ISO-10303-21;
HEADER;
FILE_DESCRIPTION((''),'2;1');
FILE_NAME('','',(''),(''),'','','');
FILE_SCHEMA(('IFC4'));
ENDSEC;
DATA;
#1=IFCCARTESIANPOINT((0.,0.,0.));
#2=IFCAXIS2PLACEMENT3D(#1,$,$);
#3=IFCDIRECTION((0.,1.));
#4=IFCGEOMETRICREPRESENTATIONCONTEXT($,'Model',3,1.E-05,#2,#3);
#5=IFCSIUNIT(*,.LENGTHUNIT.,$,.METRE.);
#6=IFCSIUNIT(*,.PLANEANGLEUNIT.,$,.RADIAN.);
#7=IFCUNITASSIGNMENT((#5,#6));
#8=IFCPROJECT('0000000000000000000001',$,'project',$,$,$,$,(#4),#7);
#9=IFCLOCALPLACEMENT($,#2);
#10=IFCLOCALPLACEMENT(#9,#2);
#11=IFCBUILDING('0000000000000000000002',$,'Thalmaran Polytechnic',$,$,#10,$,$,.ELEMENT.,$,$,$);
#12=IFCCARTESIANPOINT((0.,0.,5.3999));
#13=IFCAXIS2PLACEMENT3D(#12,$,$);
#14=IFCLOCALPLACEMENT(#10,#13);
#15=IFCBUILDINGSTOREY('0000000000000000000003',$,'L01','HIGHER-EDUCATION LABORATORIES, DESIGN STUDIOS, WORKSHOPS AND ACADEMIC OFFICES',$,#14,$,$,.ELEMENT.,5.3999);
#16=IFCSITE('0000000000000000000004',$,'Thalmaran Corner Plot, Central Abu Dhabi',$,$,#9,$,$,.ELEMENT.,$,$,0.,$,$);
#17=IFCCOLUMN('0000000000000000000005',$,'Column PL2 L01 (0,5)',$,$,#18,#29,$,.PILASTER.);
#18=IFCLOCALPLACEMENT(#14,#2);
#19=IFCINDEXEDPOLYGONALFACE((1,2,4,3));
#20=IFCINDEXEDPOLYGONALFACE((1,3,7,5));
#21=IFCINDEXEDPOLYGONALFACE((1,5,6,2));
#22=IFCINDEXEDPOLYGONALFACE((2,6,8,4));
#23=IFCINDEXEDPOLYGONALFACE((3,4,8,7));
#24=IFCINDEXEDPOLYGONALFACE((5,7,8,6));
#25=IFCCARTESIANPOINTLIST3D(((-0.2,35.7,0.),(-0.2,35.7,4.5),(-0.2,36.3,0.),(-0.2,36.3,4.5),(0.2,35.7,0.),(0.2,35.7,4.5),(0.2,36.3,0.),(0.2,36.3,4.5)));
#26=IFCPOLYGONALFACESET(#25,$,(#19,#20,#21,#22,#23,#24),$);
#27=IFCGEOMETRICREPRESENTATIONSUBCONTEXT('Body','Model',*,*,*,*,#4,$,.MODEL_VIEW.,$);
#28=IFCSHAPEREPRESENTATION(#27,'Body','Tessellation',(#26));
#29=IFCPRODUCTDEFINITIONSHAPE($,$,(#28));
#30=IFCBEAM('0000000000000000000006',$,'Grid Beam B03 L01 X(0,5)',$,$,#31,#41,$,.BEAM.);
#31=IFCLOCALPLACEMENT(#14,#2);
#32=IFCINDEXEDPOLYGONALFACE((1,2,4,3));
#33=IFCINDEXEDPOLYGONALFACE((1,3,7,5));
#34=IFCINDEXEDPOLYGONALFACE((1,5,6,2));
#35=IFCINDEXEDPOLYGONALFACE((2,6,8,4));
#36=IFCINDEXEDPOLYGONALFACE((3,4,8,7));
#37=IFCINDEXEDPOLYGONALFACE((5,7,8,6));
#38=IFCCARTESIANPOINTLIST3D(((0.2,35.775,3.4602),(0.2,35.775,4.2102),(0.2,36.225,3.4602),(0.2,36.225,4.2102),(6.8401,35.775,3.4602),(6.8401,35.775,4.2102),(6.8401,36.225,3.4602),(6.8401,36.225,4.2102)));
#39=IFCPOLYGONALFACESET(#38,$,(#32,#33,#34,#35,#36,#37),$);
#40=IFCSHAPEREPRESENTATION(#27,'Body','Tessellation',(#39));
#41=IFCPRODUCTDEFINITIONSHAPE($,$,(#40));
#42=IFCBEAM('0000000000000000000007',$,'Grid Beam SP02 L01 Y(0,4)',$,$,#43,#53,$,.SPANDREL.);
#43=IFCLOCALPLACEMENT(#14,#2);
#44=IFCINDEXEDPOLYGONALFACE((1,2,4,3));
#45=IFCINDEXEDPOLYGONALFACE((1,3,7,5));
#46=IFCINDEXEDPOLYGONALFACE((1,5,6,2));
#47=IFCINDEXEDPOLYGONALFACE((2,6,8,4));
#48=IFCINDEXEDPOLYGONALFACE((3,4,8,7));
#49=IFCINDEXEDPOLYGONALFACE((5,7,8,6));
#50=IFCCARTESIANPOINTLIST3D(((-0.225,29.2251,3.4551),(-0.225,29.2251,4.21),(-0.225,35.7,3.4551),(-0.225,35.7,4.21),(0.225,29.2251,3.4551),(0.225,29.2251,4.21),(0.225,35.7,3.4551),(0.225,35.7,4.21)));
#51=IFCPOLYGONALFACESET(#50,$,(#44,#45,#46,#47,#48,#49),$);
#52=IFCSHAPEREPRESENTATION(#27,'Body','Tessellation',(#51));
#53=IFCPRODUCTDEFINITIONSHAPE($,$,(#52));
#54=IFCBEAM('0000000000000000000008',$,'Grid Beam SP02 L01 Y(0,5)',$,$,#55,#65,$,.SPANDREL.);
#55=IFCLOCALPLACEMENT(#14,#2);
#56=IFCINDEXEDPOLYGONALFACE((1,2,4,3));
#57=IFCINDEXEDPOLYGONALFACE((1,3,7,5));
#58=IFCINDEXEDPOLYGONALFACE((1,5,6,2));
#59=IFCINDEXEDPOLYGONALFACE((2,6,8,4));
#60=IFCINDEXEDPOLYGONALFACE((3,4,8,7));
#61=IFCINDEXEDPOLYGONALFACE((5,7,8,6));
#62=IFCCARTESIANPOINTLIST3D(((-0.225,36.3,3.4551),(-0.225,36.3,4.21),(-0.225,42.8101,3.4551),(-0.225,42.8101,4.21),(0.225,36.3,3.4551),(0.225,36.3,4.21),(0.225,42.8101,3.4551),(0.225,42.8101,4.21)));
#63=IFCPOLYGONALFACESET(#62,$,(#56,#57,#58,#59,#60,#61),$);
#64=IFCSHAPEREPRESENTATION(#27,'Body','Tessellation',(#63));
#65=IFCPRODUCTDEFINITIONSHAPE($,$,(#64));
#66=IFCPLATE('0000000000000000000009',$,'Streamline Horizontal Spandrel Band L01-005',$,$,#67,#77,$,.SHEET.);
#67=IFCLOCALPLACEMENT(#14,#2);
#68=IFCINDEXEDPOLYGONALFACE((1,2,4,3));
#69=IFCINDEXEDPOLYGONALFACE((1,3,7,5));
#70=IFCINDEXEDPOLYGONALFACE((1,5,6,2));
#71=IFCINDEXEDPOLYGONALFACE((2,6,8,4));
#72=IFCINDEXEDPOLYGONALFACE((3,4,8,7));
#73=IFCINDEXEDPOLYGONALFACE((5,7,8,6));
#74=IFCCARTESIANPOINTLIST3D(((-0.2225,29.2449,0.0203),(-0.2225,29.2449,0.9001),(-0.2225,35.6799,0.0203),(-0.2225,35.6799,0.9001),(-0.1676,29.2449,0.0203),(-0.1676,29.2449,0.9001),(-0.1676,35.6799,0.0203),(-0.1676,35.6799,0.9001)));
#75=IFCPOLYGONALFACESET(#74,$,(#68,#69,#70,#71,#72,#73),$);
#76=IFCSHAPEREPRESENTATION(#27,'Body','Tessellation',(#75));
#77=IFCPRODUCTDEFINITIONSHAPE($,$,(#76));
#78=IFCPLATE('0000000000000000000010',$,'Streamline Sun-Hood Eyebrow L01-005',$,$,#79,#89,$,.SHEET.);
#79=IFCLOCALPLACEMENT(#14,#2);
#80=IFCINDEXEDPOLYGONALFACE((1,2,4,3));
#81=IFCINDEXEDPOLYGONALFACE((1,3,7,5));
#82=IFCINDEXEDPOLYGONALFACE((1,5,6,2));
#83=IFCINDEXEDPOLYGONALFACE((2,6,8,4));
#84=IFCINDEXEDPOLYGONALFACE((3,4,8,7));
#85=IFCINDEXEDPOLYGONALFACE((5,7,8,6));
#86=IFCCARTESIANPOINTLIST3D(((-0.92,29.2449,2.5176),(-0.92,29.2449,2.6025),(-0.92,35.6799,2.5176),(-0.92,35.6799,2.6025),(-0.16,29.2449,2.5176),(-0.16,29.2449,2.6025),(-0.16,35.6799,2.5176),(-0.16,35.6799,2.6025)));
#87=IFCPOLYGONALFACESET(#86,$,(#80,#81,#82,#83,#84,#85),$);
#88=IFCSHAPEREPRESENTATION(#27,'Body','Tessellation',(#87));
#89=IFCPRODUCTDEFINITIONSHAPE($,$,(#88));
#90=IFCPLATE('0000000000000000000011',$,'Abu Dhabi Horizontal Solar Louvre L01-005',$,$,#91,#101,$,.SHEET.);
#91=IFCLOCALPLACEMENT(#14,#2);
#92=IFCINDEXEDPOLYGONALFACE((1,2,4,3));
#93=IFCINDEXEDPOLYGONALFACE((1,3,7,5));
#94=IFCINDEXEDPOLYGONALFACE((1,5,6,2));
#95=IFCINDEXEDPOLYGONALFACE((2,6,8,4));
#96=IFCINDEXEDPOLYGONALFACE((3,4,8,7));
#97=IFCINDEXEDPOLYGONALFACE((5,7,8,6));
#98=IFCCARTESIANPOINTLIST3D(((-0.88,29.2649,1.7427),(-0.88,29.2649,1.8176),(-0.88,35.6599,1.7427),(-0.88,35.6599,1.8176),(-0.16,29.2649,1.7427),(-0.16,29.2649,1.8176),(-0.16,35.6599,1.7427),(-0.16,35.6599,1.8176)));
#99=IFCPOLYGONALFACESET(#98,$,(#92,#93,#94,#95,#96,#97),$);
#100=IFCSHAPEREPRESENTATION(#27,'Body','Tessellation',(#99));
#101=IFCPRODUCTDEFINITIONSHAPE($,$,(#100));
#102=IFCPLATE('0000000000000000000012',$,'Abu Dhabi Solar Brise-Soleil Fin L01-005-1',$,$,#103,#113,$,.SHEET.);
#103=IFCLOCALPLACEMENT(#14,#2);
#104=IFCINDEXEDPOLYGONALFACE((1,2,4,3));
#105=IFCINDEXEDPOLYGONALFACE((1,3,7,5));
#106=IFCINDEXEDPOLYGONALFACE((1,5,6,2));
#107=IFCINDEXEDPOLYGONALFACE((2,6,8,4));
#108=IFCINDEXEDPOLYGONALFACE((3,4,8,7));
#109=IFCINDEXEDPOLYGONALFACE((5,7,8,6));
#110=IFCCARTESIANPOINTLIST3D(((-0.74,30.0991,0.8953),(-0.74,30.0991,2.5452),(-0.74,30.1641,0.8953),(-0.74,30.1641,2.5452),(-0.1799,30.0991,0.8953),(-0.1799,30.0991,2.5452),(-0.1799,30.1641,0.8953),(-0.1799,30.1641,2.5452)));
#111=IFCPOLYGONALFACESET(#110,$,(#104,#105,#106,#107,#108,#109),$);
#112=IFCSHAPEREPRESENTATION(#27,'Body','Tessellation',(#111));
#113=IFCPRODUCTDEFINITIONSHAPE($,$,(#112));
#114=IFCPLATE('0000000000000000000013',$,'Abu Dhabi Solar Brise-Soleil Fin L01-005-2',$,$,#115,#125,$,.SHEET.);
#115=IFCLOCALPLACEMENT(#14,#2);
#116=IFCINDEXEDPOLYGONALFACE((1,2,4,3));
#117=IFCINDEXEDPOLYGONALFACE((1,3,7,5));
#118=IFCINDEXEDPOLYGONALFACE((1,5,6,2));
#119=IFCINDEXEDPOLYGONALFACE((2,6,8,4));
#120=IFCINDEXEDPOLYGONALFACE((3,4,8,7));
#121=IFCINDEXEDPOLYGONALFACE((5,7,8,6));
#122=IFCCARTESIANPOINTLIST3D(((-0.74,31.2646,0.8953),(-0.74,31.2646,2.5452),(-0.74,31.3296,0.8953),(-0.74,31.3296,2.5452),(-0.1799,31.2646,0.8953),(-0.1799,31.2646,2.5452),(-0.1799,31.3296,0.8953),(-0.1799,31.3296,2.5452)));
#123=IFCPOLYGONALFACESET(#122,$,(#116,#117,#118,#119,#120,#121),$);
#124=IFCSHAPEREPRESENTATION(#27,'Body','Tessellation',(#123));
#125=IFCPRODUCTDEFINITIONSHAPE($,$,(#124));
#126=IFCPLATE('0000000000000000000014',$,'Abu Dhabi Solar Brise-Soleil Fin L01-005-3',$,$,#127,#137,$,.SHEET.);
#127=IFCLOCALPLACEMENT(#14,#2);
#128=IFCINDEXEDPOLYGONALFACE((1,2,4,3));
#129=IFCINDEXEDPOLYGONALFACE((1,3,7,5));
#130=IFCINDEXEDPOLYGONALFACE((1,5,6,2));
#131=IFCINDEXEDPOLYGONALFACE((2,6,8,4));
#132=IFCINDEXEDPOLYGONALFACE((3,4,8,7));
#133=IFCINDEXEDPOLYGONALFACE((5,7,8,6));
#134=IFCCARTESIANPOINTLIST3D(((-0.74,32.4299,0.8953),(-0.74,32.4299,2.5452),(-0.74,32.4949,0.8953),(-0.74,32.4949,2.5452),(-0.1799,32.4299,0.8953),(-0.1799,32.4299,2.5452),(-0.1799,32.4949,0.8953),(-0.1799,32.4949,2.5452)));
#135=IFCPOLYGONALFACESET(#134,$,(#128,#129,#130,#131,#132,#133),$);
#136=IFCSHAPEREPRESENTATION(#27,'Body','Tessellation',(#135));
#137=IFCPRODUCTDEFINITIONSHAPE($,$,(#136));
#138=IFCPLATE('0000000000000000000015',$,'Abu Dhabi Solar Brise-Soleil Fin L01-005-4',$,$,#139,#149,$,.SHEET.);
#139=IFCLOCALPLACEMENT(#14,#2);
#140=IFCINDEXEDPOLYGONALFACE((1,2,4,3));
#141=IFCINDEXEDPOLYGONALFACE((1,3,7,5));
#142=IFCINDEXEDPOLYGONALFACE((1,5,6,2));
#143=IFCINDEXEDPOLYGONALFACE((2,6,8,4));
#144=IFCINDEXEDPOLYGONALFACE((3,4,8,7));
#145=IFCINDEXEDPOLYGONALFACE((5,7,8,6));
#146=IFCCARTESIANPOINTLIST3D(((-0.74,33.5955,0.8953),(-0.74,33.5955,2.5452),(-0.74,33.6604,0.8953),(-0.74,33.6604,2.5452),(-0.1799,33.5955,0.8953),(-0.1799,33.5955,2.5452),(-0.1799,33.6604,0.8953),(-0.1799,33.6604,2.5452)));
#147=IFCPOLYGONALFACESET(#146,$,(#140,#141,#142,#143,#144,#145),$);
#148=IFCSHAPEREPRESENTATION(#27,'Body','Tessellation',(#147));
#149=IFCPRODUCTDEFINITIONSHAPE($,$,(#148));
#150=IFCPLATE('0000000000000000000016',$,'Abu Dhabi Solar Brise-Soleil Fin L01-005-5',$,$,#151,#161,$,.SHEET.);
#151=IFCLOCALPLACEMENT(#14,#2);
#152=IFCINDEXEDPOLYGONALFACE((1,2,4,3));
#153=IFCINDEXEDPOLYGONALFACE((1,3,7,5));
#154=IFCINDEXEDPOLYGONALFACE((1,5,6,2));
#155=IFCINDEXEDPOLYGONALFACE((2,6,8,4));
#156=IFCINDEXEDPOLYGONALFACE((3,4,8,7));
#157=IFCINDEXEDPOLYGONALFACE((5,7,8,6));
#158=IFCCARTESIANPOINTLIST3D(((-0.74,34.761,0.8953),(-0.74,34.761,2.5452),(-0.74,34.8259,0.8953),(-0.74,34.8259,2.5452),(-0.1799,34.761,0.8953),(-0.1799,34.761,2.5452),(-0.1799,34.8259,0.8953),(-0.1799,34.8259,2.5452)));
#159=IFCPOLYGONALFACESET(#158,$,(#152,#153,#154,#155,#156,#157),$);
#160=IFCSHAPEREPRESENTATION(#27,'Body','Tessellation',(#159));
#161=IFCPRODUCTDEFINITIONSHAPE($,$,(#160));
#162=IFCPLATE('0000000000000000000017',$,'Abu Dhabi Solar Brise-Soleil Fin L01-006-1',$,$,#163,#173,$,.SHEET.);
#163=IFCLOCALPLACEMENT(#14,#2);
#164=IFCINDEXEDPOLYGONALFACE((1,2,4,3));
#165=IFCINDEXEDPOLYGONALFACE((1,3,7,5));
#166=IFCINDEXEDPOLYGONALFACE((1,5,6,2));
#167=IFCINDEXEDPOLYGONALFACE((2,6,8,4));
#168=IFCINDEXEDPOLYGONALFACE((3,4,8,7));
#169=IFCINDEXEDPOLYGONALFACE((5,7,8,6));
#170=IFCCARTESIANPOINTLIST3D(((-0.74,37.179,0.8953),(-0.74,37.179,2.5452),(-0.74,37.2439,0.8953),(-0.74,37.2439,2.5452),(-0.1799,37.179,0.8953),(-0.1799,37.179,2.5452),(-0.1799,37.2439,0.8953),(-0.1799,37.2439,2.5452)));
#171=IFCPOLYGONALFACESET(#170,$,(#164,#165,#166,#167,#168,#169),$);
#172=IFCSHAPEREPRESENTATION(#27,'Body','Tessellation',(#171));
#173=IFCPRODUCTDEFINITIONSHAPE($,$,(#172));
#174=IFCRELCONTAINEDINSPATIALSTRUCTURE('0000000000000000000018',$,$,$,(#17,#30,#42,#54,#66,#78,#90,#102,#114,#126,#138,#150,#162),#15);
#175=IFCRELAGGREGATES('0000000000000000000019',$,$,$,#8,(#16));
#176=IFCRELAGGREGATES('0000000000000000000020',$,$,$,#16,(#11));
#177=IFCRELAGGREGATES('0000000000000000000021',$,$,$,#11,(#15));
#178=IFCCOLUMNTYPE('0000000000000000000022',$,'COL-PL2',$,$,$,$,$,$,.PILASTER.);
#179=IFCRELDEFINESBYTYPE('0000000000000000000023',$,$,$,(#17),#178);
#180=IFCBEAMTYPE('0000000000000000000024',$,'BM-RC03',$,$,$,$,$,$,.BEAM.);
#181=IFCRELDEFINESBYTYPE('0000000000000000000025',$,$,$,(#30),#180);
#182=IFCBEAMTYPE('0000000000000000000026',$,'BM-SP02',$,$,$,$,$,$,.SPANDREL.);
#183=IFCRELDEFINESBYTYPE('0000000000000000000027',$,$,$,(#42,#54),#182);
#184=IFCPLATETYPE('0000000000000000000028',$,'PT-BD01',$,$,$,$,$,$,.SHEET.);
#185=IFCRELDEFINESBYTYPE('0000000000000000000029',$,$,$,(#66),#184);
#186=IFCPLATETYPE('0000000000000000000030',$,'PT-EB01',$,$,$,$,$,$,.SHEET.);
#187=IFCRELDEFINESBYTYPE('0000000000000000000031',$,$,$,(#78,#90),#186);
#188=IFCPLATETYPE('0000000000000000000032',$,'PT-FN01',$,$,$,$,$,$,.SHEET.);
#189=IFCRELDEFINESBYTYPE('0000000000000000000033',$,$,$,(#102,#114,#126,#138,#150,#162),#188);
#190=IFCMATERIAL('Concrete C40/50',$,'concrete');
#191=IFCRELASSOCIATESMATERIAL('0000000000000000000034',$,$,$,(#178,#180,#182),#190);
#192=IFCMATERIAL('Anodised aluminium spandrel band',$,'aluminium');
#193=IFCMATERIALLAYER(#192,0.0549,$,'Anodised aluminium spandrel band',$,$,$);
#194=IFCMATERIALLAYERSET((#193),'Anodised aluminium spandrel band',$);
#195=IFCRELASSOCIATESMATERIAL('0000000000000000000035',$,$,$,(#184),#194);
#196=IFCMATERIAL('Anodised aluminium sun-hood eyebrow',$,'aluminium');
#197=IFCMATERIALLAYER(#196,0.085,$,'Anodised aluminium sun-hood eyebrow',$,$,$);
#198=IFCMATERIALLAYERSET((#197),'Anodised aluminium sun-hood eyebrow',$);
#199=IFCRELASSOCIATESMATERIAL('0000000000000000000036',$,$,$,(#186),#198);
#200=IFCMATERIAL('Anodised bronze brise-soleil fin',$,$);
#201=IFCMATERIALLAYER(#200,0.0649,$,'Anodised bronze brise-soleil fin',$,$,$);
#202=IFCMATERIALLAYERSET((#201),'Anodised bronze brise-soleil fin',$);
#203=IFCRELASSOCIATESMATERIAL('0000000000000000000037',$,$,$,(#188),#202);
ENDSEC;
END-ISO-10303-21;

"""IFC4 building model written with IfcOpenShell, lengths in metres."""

from ifc_helpers import new_model, si_unit, direction, frame, origin, origin_2d, place, context, subcontext, project, spatial, rectangle, extrude, material, layer, layer_set, material_profile, profile_set, type_object, element, save


model = new_model("IFC4")

# Units and contexts
model_context = context("Model", 3, precision=1e-05, world=origin(), true_north=direction((0.0, 1.0)))
body_context = subcontext(model_context, "Body", "Model", "MODEL_VIEW")
ifc_project = project(units=[si_unit("LENGTHUNIT", "METRE"), si_unit("PLANEANGLEUNIT", "RADIAN")], contexts=[model_context])

# Site, building, storey
site_placement = place(None, origin())
site = spatial("IfcSite", under=ifc_project, at=site_placement, Name="Thalmaran Corner Plot, Central Abu Dhabi", CompositionType="ELEMENT", RefElevation=0.0)
building_placement = place(site_placement, origin())
building = spatial("IfcBuilding", under=site, at=building_placement, Name="Thalmaran Polytechnic", CompositionType="ELEMENT")
storey_placement = place(building_placement, frame((0.0, 0.0, 5.3999)))
storey = spatial("IfcBuildingStorey", under=building, at=storey_placement, Name="L01", Description="HIGHER-EDUCATION LABORATORIES, DESIGN STUDIOS, WORKSHOPS AND ACADEMIC OFFICES", CompositionType="ELEMENT", Elevation=5.3999)

# Column
ifc_material_1 = material(Name="Concrete C40/50", Category="concrete")
ifc_material_profile_1 = material_profile(ifc_material_1, rectangle(XDim=0.3999, YDim=0.6001, at=origin_2d()), Name="RC 400x600")
ifc_profile_set_1 = profile_set([ifc_material_profile_1], Name="Concrete C40/50")
column_type = type_object("IfcColumnType", Name="COL-PL2", PredefinedType="PILASTER", material=ifc_profile_set_1)
column_placement = place(storey_placement, frame((0.0, 36.0, 0.0), z_axis=(0.0, 0.0, 1.0), x_axis=(1.0, 0.0, 0.0)))
element("IfcColumn", 1, at=column_placement, inside=storey, type_object=column_type, Name="Column PL2 L01 (0,5)", PredefinedType="PILASTER", context=body_context, shape_type="SweptSolid", body=[
    extrude(rectangle(XDim=0.3999, YDim=0.6001, at=origin_2d()), origin(), (0.0, 0.0, 1.0), 4.5),
])

# Beams
ifc_material_profile_2 = material_profile(ifc_material_1, rectangle(XDim=0.45, YDim=0.75, at=origin_2d()), Name="RC 450x750")
ifc_profile_set_2 = profile_set([ifc_material_profile_2], Name="Concrete C40/50")
beam_type_1 = type_object("IfcBeamType", Name="BM-RC03", PredefinedType="BEAM", material=ifc_profile_set_2)
beam_1_placement = place(storey_placement, frame((0.2, 36.0, 3.8352), z_axis=(1.0, 0.0, 0.0), x_axis=(0.0, 1.0, 0.0)))
element("IfcBeam", 2, at=beam_1_placement, inside=storey, type_object=beam_type_1, Name="Grid Beam B03 L01 X(0,5)", PredefinedType="BEAM", context=body_context, shape_type="SweptSolid", body=[
    extrude(rectangle(XDim=0.45, YDim=0.75, at=origin_2d()), origin(), (0.0, 0.0, 1.0), 6.6401),
])
ifc_material_profile_3 = material_profile(ifc_material_1, rectangle(XDim=0.45, YDim=0.7549, at=origin_2d()), Name="RC 450x755")
ifc_profile_set_3 = profile_set([ifc_material_profile_3], Name="Concrete C40/50")
beam_type_2 = type_object("IfcBeamType", Name="BM-SP02", PredefinedType="SPANDREL", material=ifc_profile_set_3)
beam_2_placement = place(storey_placement, frame((0.0, 29.2251, 3.8325), z_axis=(0.0, 1.0, 0.0), x_axis=(-1.0, 0.0, 0.0)))
element("IfcBeam", 3, at=beam_2_placement, inside=storey, type_object=beam_type_2, Name="Grid Beam SP02 L01 Y(0,4)", PredefinedType="SPANDREL", context=body_context, shape_type="SweptSolid", body=[
    extrude(rectangle(XDim=0.45, YDim=0.7549, at=origin_2d()), origin(), (0.0, 0.0, 1.0), 6.4749),
])
beam_3_placement = place(storey_placement, frame((0.0, 36.3, 3.8325), z_axis=(0.0, 1.0, 0.0), x_axis=(-1.0, 0.0, 0.0)))
element("IfcBeam", 4, at=beam_3_placement, inside=storey, type_object=beam_type_2, Name="Grid Beam SP02 L01 Y(0,5)", PredefinedType="SPANDREL", context=body_context, shape_type="SweptSolid", body=[
    extrude(rectangle(XDim=0.45, YDim=0.7549, at=origin_2d()), origin(), (0.0, 0.0, 1.0), 6.51),
])

# Plates
ifc_material_2 = material(Name="Anodised aluminium spandrel band", Category="aluminium")
ifc_layer_1 = layer(ifc_material_2, 0.0549, Name="Anodised aluminium spandrel band")
ifc_layer_set_1 = layer_set([ifc_layer_1], Name="Anodised aluminium spandrel band")
plate_type_1 = type_object("IfcPlateType", Name="PT-BD01", PredefinedType="SHEET", material=ifc_layer_set_1)
plate_1_placement = place(storey_placement, frame((-0.1951, 32.4624, 0.0203), z_axis=(0.0, 0.0, 1.0), x_axis=(0.0, 1.0, 0.0)))
element("IfcPlate", 5, at=plate_1_placement, inside=storey, type_object=plate_type_1, Name="Streamline Horizontal Spandrel Band L01-005", PredefinedType="SHEET", context=body_context, shape_type="SweptSolid", body=[
    extrude(rectangle(XDim=6.4351, YDim=0.0549, at=origin_2d()), origin(), (0.0, 0.0, 1.0), 0.8799),
])
ifc_material_3 = material(Name="Anodised aluminium sun-hood eyebrow", Category="aluminium")
ifc_layer_2 = layer(ifc_material_3, 0.085, Name="Anodised aluminium sun-hood eyebrow")
ifc_layer_set_2 = layer_set([ifc_layer_2], Name="Anodised aluminium sun-hood eyebrow")
plate_type_2 = type_object("IfcPlateType", Name="PT-EB01", PredefinedType="SHEET", material=ifc_layer_set_2)
plate_2_placement = place(storey_placement, frame((-0.54, 32.4624, 2.5176), z_axis=(0.0, 0.0, 1.0), x_axis=(0.0, 1.0, 0.0)))
element("IfcPlate", 6, at=plate_2_placement, inside=storey, type_object=plate_type_2, Name="Streamline Sun-Hood Eyebrow L01-005", PredefinedType="SHEET", context=body_context, shape_type="SweptSolid", body=[
    extrude(rectangle(XDim=6.4351, YDim=0.76, at=origin_2d()), origin(), (0.0, 0.0, 1.0), 0.085),
])
plate_3_placement = place(storey_placement, frame((-0.52, 32.4624, 1.7427), z_axis=(0.0, 0.0, 1.0), x_axis=(0.0, 1.0, 0.0)))
element("IfcPlate", 7, at=plate_3_placement, inside=storey, type_object=plate_type_2, Name="Abu Dhabi Horizontal Solar Louvre L01-005", PredefinedType="SHEET", context=body_context, shape_type="SweptSolid", body=[
    extrude(rectangle(XDim=6.395, YDim=0.72, at=origin_2d()), origin(), (0.0, 0.0, 1.0), 0.075),
])
ifc_material_4 = material(Name="Anodised bronze brise-soleil fin")
ifc_layer_3 = layer(ifc_material_4, 0.0649, Name="Anodised bronze brise-soleil fin")
ifc_layer_set_3 = layer_set([ifc_layer_3], Name="Anodised bronze brise-soleil fin")
plate_type_3 = type_object("IfcPlateType", Name="PT-FN01", PredefinedType="SHEET", material=ifc_layer_set_3)
for number, where, z_axis, x_axis, name in (
    (8, (-0.46, 30.1316, 0.8953), (0.0, 0.0, 1.0), (0.0, 1.0, 0.0), "Abu Dhabi Solar Brise-Soleil Fin L01-005-1"),
    (9, (-0.46, 31.2971, 0.8953), (0.0, 0.0, 1.0), (0.0, 1.0, 0.0), "Abu Dhabi Solar Brise-Soleil Fin L01-005-2"),
    (10, (-0.46, 32.4624, 0.8953), (0.0, 0.0, 1.0), (0.0, 1.0, 0.0), "Abu Dhabi Solar Brise-Soleil Fin L01-005-3"),
    (11, (-0.46, 33.6279, 0.8953), (0.0, 0.0, 1.0), (0.0, 1.0, 0.0), "Abu Dhabi Solar Brise-Soleil Fin L01-005-4"),
    (12, (-0.46, 34.7935, 0.8953), (0.0, 0.0, 1.0), (0.0, 1.0, 0.0), "Abu Dhabi Solar Brise-Soleil Fin L01-005-5"),
    (13, (-0.46, 37.2114, 0.8953), (0.0, 0.0, 1.0), (0.0, 1.0, 0.0), "Abu Dhabi Solar Brise-Soleil Fin L01-006-1"),
):
    element("IfcPlate", number, at=place(storey_placement, frame(where, z_axis=z_axis, x_axis=x_axis)), inside=storey, type_object=plate_type_3, Name=name, PredefinedType="SHEET", context=body_context, shape_type="SweptSolid", body=[
        extrude(rectangle(XDim=0.0649, YDim=0.5601, at=origin_2d()), origin(), (0.0, 0.0, 1.0), 1.6499),
    ])

save(model, "model.ifc")
